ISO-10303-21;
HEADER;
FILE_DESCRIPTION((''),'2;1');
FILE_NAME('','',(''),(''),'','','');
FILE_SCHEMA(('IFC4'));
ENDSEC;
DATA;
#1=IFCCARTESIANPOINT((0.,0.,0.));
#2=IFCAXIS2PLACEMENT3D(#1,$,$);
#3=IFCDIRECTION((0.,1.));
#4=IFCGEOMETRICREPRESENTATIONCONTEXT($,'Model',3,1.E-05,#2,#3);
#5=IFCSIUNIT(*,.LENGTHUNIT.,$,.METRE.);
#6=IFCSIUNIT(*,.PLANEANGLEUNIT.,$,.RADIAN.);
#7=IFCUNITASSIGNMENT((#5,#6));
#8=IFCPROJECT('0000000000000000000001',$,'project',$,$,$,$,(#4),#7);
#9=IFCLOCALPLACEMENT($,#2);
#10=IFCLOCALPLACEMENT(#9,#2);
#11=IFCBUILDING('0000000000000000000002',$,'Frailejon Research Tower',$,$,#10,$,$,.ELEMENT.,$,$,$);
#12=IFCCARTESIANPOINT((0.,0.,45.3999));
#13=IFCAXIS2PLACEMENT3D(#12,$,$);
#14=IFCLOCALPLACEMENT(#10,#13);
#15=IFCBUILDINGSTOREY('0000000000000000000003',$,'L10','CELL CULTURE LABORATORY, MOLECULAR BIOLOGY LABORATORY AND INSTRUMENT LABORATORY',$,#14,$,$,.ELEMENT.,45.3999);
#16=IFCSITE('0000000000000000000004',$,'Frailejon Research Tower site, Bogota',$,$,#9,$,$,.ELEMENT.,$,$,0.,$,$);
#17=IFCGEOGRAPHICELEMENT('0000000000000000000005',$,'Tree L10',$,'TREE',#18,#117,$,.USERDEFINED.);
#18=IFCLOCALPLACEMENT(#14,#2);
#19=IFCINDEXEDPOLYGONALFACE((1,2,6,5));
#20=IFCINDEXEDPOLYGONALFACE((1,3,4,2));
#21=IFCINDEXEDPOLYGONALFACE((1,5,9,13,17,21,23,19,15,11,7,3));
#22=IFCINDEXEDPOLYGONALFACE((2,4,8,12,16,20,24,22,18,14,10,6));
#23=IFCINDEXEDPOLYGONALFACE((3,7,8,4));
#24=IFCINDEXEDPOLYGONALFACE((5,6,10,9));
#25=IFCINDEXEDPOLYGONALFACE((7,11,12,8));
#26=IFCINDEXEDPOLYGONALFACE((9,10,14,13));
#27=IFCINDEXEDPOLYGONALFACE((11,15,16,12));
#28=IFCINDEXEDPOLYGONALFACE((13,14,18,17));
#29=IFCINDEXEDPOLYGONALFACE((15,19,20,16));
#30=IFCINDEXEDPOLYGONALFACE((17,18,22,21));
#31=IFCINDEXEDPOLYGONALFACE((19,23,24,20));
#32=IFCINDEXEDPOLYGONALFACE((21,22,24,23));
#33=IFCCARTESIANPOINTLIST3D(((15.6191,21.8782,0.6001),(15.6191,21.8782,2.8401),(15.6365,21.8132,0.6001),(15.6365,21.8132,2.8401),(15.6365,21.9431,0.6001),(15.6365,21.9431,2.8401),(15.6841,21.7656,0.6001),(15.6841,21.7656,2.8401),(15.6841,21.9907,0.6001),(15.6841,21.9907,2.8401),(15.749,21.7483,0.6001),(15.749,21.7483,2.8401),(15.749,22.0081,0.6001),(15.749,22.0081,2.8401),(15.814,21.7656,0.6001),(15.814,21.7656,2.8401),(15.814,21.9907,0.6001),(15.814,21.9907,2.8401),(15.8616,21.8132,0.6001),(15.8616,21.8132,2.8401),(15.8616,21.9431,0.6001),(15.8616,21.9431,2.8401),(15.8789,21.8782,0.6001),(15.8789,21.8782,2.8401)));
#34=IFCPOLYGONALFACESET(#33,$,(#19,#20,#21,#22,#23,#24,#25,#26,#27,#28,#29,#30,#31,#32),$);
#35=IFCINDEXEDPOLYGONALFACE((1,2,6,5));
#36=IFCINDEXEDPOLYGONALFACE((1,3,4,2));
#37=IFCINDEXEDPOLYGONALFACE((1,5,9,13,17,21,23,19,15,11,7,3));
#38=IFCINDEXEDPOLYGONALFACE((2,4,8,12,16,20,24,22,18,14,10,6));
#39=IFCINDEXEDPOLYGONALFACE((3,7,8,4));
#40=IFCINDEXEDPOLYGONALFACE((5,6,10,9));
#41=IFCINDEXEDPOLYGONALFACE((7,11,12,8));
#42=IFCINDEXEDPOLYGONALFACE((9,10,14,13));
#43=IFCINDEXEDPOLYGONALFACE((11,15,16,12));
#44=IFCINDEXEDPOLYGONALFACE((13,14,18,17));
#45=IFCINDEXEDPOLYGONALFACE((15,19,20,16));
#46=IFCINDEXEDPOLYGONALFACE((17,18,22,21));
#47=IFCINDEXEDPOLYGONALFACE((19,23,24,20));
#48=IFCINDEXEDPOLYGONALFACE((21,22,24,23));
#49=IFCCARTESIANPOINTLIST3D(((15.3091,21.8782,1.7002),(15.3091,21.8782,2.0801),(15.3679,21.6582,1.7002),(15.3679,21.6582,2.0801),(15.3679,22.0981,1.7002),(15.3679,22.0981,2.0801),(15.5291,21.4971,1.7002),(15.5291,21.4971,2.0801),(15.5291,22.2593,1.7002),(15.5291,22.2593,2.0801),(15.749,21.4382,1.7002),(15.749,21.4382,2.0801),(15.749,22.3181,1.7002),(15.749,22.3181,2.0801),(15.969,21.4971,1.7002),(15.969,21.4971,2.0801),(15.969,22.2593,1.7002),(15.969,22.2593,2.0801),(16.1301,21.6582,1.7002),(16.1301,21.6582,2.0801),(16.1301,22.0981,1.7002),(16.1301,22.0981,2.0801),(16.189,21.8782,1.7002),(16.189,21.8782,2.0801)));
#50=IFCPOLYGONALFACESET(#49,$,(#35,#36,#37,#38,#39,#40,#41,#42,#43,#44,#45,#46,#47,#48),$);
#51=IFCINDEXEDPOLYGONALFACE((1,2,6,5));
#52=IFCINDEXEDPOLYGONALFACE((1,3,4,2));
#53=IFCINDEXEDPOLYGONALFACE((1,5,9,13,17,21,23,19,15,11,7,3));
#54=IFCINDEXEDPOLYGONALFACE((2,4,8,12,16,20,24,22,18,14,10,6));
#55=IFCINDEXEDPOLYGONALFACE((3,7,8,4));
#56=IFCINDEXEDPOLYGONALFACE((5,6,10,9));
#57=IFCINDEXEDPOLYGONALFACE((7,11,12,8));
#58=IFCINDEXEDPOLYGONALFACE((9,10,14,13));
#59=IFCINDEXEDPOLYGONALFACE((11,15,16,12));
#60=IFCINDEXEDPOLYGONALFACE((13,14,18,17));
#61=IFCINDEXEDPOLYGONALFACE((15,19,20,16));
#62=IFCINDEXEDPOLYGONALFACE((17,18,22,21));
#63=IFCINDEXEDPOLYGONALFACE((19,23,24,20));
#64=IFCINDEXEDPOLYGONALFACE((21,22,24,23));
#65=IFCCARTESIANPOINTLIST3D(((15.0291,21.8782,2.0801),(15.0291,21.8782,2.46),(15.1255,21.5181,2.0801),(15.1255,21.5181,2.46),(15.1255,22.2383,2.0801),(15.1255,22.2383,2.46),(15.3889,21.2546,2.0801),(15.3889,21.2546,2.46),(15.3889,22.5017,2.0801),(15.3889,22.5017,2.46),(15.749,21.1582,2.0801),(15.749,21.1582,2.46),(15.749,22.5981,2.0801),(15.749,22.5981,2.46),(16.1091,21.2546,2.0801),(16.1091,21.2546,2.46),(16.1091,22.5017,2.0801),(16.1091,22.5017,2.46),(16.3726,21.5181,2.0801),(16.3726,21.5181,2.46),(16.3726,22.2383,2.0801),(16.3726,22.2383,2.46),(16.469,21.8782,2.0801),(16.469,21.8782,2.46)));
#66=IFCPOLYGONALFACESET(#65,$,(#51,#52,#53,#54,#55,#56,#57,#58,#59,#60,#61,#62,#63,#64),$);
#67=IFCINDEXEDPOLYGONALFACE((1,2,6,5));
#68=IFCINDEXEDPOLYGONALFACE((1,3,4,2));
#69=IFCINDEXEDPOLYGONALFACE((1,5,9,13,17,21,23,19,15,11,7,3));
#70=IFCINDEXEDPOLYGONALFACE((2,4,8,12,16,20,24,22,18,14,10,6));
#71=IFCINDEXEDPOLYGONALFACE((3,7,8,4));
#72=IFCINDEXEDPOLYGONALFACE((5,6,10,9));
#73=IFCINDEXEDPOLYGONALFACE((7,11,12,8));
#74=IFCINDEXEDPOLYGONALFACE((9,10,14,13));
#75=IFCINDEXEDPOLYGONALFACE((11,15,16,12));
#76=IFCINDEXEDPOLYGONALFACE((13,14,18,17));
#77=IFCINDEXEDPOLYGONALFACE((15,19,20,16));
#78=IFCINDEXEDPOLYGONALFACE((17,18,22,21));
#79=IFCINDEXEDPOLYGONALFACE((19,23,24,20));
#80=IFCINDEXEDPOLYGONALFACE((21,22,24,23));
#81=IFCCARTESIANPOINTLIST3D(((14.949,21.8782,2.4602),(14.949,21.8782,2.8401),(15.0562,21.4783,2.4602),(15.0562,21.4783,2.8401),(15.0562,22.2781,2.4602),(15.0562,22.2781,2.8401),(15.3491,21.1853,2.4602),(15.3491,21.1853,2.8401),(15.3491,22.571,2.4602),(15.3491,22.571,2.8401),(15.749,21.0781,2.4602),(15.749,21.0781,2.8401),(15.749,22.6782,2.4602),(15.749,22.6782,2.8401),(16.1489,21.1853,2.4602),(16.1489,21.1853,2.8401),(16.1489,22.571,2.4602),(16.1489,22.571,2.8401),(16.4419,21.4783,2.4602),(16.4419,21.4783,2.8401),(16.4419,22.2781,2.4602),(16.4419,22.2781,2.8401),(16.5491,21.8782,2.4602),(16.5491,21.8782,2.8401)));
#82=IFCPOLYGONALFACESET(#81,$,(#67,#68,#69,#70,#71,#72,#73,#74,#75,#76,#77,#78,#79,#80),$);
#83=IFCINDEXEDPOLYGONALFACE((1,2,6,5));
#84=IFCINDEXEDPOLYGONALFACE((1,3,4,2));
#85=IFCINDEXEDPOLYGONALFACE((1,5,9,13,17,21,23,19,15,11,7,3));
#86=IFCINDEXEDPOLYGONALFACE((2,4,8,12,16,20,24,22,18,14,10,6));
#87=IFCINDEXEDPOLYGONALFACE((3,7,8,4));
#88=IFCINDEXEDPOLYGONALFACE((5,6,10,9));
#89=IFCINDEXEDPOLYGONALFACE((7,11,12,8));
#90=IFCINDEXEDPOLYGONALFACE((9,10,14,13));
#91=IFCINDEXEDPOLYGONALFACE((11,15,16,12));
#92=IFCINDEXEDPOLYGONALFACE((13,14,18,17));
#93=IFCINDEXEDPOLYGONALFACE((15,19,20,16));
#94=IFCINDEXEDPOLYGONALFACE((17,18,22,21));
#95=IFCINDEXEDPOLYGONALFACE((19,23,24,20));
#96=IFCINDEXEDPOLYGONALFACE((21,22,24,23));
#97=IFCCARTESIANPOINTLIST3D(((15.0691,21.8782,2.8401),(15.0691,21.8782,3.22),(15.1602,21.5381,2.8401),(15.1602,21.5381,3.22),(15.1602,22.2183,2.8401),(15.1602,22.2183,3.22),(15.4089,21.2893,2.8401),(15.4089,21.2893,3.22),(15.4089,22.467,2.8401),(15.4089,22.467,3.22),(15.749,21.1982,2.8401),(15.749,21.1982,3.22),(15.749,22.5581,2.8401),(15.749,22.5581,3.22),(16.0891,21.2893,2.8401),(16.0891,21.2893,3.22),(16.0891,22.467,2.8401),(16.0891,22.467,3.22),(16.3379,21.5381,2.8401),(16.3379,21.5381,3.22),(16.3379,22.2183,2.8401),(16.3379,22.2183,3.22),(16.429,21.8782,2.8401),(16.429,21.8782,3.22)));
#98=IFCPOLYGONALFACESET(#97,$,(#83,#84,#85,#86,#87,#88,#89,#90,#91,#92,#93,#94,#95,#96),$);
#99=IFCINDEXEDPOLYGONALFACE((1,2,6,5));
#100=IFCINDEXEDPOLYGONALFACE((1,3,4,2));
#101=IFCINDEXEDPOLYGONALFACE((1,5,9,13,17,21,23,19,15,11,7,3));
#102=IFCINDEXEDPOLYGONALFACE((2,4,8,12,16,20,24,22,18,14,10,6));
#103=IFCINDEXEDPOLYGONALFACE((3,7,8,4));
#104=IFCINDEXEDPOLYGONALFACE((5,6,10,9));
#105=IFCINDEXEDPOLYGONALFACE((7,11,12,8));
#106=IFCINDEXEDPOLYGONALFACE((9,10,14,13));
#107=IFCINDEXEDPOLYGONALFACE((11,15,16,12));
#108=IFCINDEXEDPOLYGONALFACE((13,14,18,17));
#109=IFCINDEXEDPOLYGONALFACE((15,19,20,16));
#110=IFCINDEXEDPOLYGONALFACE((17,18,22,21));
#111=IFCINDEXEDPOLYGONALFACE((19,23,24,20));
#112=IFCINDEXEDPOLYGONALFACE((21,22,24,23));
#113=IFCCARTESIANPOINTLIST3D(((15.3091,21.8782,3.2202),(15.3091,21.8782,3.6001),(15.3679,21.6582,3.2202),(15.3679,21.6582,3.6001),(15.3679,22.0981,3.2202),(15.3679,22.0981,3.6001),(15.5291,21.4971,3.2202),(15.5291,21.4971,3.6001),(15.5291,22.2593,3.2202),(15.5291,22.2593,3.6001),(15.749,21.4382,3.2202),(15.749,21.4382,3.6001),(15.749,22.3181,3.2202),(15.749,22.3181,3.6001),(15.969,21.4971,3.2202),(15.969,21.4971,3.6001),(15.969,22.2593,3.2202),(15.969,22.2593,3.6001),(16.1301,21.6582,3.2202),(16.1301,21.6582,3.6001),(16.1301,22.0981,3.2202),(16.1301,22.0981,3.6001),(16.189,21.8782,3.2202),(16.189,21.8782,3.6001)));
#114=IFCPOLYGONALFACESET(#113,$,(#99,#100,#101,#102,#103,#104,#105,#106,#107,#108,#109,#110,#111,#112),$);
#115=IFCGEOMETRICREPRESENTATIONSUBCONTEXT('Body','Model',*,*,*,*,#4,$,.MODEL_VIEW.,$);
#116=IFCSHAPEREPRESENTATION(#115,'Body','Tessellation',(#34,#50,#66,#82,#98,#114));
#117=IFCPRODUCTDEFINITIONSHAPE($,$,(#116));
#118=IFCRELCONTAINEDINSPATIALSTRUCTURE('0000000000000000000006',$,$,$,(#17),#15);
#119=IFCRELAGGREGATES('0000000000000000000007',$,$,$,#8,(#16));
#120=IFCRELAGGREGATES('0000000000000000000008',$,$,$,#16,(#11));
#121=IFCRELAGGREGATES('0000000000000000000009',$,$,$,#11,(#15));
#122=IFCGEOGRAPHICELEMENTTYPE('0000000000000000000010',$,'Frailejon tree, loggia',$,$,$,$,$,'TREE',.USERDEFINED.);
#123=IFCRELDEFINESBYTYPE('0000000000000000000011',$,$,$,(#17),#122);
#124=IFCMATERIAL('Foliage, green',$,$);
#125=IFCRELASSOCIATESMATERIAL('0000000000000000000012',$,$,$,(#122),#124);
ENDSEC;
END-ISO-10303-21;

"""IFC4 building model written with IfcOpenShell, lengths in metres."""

from ifc_helpers import new_model, si_unit, direction, frame, origin, place, context, subcontext, project, spatial, polyline, outline, extrude, material, type_object, element, save


model = new_model("IFC4")

# Units and contexts
model_context = context("Model", 3, precision=1e-05, world=origin(), true_north=direction((0.0, 1.0)))
body_context = subcontext(model_context, "Body", "Model", "MODEL_VIEW")
ifc_project = project(units=[si_unit("LENGTHUNIT", "METRE"), si_unit("PLANEANGLEUNIT", "RADIAN")], contexts=[model_context])

# Site, building, storey
site_placement = place(None, origin())
site = spatial("IfcSite", under=ifc_project, at=site_placement, Name="Frailejon Research Tower site, Bogota", CompositionType="ELEMENT", RefElevation=0.0)
building_placement = place(site_placement, origin())
building = spatial("IfcBuilding", under=site, at=building_placement, Name="Frailejon Research Tower", CompositionType="ELEMENT")
storey_placement = place(building_placement, frame((0.0, 0.0, 45.3999)))
storey = spatial("IfcBuildingStorey", under=building, at=storey_placement, Name="L10", Description="CELL CULTURE LABORATORY, MOLECULAR BIOLOGY LABORATORY AND INSTRUMENT LABORATORY", CompositionType="ELEMENT", Elevation=45.3999)

# Geographic element
ifc_material_1 = material(Name="Foliage, green")
geographic_element_type = type_object("IfcGeographicElementType", Name="Frailejon tree, loggia", ElementType="TREE", PredefinedType="USERDEFINED", material=ifc_material_1)
geographic_element_placement = place(storey_placement, frame((15.749, 21.8782, 0.6001)))
element("IfcGeographicElement", 1, at=geographic_element_placement, inside=storey, type_object=geographic_element_type, Name="Tree L10", ObjectType="TREE", PredefinedType="USERDEFINED", context=body_context, shape_type="SweptSolid", body=[
    extrude(outline(polyline([(0.1299, 0.0), (0.1125, 0.0649), (0.0649, 0.1125), (0.0, 0.1299), (-0.0649, 0.1125), (-0.1125, 0.0649), (-0.1299, 0.0), (-0.1125, -0.0649), (-0.0649, -0.1125), (0.0, -0.1299), (0.0649, -0.1125), (0.1125, -0.0649), (0.1299, 0.0)])), origin(), (0.0, 0.0, 1.0), 2.24),
    extrude(outline(polyline([(0.4399, 0.0), (0.3811, 0.22), (0.22, 0.3811), (0.0, 0.4399), (-0.22, 0.3811), (-0.3811, 0.22), (-0.4399, 0.0), (-0.3811, -0.22), (-0.22, -0.3811), (0.0, -0.4399), (0.22, -0.3811), (0.3811, -0.22), (0.4399, 0.0)])), frame((0.0, 0.0, 1.1001)), (0.0, 0.0, 1.0), 0.3799),
    extrude(outline(polyline([(0.72, 0.0), (0.6235, 0.3601), (0.3601, 0.6235), (0.0, 0.72), (-0.3601, 0.6235), (-0.6235, 0.3601), (-0.72, 0.0), (-0.6235, -0.3601), (-0.3601, -0.6235), (0.0, -0.72), (0.3601, -0.6235), (0.6235, -0.3601), (0.72, 0.0)])), frame((0.0, 0.0, 1.48)), (0.0, 0.0, 1.0), 0.3799),
    extrude(outline(polyline([(0.8, 0.0), (0.6929, 0.3999), (0.3999, 0.6929), (0.0, 0.8), (-0.3999, 0.6929), (-0.6929, 0.3999), (-0.8, 0.0), (-0.6929, -0.3999), (-0.3999, -0.6929), (0.0, -0.8), (0.3999, -0.6929), (0.6929, -0.3999), (0.8, 0.0)])), frame((0.0, 0.0, 1.8601)), (0.0, 0.0, 1.0), 0.3799),
    extrude(outline(polyline([(0.6799, 0.0), (0.5889, 0.3401), (0.3401, 0.5889), (0.0, 0.6799), (-0.3401, 0.5889), (-0.5889, 0.3401), (-0.6799, 0.0), (-0.5889, -0.3401), (-0.3401, -0.5889), (0.0, -0.6799), (0.3401, -0.5889), (0.5889, -0.3401), (0.6799, 0.0)])), frame((0.0, 0.0, 2.24)), (0.0, 0.0, 1.0), 0.3799),
    extrude(outline(polyline([(0.4399, 0.0), (0.3811, 0.22), (0.22, 0.3811), (0.0, 0.4399), (-0.22, 0.3811), (-0.3811, 0.22), (-0.4399, 0.0), (-0.3811, -0.22), (-0.22, -0.3811), (0.0, -0.4399), (0.22, -0.3811), (0.3811, -0.22), (0.4399, 0.0)])), frame((0.0, 0.0, 2.6201)), (0.0, 0.0, 1.0), 0.3799),
])

save(model, "model.ifc")
